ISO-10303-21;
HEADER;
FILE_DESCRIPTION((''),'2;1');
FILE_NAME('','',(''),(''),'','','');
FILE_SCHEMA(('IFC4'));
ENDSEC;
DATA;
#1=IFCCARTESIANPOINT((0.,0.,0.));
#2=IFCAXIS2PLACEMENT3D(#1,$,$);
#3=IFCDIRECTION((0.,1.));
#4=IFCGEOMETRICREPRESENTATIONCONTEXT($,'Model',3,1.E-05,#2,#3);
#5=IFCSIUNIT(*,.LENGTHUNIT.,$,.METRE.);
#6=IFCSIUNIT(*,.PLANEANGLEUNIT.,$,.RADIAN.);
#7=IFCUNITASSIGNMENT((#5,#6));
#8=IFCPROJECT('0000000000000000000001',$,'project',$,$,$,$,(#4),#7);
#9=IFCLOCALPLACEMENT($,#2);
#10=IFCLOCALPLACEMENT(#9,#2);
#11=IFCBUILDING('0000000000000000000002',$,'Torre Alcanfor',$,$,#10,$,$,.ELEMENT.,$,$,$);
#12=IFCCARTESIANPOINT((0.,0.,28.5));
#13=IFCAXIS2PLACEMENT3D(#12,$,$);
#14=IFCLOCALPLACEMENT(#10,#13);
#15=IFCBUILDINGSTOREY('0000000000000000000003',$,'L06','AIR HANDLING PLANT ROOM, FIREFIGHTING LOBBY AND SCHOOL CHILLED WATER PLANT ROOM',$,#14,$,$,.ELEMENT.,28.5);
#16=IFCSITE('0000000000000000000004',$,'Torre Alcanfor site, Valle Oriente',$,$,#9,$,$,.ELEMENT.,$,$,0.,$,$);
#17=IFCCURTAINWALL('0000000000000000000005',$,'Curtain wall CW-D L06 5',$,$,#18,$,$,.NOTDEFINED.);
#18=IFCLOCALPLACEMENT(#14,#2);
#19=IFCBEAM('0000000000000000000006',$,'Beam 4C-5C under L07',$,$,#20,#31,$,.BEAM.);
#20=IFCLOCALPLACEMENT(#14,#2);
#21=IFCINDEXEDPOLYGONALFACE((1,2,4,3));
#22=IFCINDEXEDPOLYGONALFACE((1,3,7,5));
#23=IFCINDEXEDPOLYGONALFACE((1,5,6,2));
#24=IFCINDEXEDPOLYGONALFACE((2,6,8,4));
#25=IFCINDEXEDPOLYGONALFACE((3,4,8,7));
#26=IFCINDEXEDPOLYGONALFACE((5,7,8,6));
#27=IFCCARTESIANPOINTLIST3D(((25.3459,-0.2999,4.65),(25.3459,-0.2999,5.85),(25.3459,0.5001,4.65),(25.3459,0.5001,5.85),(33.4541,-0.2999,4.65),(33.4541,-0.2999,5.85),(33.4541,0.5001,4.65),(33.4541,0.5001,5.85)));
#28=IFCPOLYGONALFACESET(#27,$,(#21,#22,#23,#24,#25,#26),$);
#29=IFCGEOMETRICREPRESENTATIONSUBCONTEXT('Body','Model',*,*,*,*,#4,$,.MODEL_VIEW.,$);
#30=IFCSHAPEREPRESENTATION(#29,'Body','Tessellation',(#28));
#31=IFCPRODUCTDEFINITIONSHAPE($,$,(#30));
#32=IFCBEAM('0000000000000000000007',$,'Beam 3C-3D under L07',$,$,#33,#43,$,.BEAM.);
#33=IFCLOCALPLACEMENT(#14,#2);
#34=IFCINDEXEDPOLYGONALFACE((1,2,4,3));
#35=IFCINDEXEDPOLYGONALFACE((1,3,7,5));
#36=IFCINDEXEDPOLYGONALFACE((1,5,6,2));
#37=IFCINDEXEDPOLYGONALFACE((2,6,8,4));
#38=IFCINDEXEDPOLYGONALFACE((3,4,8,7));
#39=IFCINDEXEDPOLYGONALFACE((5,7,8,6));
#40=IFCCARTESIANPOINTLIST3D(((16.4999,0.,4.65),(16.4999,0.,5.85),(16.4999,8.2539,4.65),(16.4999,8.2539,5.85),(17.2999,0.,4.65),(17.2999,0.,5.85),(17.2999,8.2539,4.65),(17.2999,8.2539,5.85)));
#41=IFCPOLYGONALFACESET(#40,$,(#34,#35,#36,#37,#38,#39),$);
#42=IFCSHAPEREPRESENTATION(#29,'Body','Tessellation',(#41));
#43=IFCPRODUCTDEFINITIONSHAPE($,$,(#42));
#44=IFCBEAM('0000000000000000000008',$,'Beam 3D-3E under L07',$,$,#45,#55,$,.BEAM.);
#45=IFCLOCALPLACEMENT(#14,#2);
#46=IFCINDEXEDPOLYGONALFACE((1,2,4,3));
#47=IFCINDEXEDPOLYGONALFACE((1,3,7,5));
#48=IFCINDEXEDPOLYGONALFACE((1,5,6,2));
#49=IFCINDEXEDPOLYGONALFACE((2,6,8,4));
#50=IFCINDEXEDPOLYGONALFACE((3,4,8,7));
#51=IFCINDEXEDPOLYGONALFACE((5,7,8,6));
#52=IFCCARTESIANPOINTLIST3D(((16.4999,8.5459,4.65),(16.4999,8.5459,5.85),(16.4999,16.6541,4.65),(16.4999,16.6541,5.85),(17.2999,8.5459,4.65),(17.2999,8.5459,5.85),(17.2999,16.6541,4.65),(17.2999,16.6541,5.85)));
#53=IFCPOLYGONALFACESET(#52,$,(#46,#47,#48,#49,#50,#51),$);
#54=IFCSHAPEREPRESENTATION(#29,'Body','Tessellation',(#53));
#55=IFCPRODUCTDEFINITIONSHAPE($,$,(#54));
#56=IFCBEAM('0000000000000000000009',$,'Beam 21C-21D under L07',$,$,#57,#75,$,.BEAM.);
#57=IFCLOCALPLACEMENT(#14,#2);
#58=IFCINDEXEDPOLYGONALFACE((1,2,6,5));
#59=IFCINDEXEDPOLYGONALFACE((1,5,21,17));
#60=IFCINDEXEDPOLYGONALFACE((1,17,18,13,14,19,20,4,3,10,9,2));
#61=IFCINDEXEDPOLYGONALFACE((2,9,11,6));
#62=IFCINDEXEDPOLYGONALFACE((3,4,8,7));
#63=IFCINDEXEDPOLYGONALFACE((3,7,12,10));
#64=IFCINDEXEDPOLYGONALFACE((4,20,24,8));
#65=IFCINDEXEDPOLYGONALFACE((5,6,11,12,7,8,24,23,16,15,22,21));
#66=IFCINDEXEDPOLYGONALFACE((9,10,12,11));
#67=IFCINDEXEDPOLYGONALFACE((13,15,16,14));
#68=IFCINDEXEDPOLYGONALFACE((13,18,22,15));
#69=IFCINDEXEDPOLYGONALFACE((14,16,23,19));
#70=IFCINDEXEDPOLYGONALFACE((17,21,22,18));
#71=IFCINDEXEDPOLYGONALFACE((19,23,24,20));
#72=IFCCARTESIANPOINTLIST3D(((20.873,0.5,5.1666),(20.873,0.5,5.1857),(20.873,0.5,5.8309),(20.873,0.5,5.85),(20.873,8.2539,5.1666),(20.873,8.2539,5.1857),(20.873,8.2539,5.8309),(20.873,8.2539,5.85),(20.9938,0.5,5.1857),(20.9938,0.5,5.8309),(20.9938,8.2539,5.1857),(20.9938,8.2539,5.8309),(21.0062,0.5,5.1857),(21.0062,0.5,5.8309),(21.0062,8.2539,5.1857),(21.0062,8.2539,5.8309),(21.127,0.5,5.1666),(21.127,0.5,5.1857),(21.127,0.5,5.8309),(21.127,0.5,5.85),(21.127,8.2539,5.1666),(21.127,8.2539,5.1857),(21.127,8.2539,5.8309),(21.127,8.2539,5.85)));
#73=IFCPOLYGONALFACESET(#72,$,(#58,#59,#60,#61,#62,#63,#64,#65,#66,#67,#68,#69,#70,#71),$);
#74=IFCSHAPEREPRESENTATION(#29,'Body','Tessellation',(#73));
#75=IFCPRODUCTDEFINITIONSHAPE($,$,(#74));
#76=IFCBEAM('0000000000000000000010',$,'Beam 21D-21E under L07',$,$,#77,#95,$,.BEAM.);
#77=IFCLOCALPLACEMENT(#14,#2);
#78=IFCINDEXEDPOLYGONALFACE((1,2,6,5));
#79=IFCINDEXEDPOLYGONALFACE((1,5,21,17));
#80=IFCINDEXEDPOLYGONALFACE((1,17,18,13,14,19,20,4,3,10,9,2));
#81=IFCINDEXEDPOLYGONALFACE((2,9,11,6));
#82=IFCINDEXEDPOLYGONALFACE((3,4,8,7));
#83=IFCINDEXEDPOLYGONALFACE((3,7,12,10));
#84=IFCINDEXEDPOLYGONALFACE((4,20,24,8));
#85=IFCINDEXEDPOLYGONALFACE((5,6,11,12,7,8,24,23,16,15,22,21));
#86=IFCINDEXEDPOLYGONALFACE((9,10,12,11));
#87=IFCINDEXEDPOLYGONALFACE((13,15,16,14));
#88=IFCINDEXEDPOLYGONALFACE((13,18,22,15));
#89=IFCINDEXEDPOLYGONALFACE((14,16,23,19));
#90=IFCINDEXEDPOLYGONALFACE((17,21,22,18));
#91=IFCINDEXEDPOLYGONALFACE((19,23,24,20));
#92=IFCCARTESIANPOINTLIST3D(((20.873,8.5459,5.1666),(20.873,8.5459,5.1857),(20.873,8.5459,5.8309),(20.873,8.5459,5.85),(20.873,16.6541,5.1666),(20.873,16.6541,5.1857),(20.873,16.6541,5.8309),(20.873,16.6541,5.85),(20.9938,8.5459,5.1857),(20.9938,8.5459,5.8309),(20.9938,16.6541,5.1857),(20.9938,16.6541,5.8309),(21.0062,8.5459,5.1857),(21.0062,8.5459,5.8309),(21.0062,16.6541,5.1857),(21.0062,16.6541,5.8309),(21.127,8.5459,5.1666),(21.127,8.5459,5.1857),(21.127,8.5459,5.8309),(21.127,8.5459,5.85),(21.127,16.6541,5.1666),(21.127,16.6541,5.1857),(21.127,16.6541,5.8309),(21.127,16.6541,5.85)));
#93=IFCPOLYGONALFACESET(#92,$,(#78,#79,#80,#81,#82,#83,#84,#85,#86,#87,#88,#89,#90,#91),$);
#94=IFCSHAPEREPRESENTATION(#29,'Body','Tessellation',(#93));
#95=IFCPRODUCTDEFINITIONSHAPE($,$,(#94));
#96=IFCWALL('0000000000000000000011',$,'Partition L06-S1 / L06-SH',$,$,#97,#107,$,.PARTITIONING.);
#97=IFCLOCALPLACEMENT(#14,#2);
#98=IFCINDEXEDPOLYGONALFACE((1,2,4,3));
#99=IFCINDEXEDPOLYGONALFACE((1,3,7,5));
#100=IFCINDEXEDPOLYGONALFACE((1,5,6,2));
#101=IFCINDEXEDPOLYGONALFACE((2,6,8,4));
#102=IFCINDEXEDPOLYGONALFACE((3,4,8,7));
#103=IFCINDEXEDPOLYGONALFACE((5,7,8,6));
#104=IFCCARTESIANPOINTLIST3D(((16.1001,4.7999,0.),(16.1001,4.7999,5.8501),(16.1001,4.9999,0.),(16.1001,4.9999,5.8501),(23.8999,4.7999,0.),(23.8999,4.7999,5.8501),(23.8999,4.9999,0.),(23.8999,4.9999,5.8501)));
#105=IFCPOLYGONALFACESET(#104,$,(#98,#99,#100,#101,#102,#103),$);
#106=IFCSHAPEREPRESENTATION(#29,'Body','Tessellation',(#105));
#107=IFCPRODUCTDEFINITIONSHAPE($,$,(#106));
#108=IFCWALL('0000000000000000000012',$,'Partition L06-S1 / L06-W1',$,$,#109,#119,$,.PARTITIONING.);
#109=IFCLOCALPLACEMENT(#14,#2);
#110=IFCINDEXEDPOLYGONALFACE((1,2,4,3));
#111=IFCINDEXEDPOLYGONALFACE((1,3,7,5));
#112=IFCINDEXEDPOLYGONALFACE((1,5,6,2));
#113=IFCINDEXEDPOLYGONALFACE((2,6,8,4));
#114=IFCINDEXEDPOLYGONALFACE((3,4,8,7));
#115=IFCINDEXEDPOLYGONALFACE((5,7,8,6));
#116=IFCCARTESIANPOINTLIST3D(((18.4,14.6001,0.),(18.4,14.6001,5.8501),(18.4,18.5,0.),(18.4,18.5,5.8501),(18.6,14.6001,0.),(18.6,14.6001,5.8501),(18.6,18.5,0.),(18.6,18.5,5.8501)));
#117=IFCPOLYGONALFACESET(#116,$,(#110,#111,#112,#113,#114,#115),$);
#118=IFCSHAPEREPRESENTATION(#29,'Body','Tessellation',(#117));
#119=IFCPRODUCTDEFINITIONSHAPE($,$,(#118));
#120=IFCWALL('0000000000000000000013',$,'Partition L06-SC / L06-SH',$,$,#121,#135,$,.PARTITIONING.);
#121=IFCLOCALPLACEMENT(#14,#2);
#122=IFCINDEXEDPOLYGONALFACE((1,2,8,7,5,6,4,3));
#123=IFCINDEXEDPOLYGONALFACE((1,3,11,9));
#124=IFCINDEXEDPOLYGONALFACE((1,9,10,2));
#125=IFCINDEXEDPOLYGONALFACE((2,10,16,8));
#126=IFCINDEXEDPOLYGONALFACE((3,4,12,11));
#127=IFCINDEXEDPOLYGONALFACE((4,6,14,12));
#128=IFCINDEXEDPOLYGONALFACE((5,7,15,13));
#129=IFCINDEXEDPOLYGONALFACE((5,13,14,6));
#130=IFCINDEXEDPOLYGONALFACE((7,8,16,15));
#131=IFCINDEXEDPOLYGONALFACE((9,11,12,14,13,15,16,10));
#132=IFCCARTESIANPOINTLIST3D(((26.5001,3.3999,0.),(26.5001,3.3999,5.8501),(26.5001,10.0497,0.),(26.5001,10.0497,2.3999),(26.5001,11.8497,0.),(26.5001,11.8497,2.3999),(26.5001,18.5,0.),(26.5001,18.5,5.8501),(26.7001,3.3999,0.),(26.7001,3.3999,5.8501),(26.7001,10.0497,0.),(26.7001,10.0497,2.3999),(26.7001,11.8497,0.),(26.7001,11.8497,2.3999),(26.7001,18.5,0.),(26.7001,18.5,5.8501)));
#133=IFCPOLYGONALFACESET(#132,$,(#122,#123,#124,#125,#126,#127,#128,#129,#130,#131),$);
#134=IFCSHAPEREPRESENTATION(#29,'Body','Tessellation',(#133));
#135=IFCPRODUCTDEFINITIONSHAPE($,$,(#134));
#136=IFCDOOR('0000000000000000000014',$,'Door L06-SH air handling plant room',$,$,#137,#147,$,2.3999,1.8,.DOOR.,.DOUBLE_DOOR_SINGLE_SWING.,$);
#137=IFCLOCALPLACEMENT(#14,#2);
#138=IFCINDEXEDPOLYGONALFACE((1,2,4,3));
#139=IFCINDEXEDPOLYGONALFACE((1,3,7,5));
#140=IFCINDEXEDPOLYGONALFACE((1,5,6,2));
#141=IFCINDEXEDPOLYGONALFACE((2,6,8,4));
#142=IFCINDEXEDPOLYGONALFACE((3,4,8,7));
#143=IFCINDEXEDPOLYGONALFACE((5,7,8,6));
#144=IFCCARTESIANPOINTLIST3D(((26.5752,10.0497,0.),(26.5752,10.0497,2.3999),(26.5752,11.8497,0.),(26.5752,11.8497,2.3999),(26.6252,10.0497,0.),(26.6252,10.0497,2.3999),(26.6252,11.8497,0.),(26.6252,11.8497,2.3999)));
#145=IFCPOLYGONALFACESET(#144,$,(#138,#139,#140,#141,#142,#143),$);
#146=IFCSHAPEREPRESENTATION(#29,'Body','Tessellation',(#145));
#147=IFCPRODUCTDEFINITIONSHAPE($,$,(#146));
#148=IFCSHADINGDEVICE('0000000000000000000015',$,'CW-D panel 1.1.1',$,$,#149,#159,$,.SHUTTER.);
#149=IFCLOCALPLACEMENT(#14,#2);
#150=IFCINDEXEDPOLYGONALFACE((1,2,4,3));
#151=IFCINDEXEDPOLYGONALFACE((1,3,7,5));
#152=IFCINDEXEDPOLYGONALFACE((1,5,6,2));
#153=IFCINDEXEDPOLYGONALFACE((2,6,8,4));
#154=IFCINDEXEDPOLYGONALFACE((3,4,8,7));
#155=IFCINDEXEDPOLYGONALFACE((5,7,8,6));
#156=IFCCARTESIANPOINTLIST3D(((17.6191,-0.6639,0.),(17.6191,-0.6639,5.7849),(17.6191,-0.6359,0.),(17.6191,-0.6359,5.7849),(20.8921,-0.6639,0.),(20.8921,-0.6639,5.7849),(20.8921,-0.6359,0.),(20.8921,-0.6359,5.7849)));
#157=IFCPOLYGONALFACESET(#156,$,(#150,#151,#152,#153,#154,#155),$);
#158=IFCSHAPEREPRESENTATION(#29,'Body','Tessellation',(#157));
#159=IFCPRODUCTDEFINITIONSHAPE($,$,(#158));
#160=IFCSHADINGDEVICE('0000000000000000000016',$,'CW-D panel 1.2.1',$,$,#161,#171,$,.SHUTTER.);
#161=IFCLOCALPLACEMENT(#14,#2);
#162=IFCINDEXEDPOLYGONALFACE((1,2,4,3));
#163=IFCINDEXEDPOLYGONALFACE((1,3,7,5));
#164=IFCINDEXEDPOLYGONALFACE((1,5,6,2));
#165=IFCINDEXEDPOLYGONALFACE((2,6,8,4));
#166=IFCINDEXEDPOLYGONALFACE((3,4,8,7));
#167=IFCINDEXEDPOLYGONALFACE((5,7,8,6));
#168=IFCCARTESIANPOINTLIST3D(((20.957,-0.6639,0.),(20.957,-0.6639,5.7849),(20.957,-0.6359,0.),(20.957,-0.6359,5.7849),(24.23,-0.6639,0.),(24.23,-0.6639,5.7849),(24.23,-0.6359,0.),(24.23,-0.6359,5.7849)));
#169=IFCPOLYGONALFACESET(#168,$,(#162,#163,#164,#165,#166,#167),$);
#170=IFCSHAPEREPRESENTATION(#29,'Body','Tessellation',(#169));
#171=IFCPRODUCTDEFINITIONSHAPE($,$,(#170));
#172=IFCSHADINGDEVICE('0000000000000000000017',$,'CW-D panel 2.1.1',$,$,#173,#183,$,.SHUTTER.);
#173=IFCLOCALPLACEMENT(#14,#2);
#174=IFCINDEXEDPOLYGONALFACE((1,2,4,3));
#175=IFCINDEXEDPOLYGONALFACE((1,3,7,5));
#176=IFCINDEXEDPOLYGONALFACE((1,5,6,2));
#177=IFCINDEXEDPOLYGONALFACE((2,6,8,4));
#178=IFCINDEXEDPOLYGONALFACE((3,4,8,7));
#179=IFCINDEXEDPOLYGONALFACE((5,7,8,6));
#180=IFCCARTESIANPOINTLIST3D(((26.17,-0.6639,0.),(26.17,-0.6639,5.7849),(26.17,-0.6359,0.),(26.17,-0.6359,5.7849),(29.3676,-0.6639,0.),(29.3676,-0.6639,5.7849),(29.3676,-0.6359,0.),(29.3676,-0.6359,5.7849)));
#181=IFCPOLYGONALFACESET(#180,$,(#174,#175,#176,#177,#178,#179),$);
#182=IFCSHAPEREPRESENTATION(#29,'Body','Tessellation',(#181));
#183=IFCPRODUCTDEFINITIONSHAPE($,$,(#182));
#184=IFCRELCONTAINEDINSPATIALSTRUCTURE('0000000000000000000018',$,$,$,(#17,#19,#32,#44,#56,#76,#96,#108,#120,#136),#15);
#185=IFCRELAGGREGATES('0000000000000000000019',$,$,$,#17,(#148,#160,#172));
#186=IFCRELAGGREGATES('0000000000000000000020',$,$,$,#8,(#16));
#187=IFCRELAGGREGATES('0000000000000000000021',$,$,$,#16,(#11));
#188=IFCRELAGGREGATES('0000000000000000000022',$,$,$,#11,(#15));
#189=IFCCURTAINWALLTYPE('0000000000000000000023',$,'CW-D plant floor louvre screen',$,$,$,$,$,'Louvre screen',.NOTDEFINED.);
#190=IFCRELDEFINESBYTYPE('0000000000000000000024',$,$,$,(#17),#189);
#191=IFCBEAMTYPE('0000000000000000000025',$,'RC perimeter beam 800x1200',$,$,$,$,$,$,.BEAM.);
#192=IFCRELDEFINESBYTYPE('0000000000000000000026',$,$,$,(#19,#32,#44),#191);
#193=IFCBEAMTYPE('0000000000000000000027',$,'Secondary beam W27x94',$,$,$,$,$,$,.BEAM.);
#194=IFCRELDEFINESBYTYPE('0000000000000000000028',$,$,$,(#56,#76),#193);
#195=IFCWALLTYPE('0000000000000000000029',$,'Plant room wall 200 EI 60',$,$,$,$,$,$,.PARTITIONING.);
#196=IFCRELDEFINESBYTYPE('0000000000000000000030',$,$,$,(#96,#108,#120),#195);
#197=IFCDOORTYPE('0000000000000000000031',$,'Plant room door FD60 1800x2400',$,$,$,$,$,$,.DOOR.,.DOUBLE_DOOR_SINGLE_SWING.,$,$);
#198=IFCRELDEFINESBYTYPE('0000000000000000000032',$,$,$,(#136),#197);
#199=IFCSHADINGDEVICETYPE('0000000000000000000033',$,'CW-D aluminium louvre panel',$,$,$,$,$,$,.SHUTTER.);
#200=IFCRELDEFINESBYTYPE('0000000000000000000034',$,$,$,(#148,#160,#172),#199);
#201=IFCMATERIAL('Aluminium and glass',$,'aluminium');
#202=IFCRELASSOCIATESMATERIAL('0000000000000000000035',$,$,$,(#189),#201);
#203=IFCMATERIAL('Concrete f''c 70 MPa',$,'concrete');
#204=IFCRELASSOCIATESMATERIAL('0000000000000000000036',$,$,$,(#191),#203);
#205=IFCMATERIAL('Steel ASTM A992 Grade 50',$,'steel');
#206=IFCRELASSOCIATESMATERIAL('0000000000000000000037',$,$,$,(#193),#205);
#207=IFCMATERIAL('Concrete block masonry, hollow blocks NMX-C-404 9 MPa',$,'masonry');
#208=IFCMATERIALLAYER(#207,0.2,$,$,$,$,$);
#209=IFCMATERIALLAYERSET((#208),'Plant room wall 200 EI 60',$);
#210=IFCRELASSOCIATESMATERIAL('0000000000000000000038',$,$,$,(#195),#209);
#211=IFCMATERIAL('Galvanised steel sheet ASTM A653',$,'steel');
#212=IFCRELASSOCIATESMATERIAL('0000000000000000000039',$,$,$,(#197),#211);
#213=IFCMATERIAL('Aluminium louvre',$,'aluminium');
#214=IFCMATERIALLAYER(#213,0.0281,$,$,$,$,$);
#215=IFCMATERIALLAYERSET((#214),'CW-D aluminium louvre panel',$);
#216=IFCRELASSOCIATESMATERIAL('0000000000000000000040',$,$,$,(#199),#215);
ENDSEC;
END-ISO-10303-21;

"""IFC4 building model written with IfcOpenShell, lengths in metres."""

from ifc_helpers import new_model, si_unit, direction, frame, frame_2d, origin, origin_2d, place, context, subcontext, project, spatial, rectangle, i_section, extrude, material, layer, layer_set, material_profile, profile_set, type_object, element, fill, aggregate, save


model = new_model("IFC4")

# Units and contexts
model_context = context("Model", 3, precision=1e-05, world=origin(), true_north=direction((0.0, 1.0)))
body_context = subcontext(model_context, "Body", "Model", "MODEL_VIEW")
ifc_project = project(units=[si_unit("LENGTHUNIT", "METRE"), si_unit("PLANEANGLEUNIT", "RADIAN")], contexts=[model_context])

# Site, building, storey
site_placement = place(None, origin())
site = spatial("IfcSite", under=ifc_project, at=site_placement, Name="Torre Alcanfor site, Valle Oriente", CompositionType="ELEMENT", RefElevation=0.0)
building_placement = place(site_placement, origin())
building = spatial("IfcBuilding", under=site, at=building_placement, Name="Torre Alcanfor", CompositionType="ELEMENT")
storey_placement = place(building_placement, frame((0.0, 0.0, 28.5)))
storey = spatial("IfcBuildingStorey", under=building, at=storey_placement, Name="L06", Description="AIR HANDLING PLANT ROOM, FIREFIGHTING LOBBY AND SCHOOL CHILLED WATER PLANT ROOM", CompositionType="ELEMENT", Elevation=28.5)

# Curtain wall
ifc_material_1 = material(Name="Aluminium and glass", Category="aluminium")
curtain_wall_type = type_object("IfcCurtainWallType", Name="CW-D plant floor louvre screen", ElementType="Louvre screen", PredefinedType="NOTDEFINED", material=ifc_material_1)
curtain_wall_placement = place(storey_placement, origin())
curtain_wall = element("IfcCurtainWall", 1, at=curtain_wall_placement, inside=storey, type_object=curtain_wall_type, Name="Curtain wall CW-D L06 5", PredefinedType="NOTDEFINED")

# Beams
ifc_material_2 = material(Name="Concrete f'c 70 MPa", Category="concrete")
ifc_material_profile_1 = material_profile(ifc_material_2, rectangle(XDim=0.8, YDim=1.2, at=origin_2d()), Name="800x1200")
ifc_profile_set_1 = profile_set([ifc_material_profile_1], Name="Concrete f'c 70 MPa")
beam_type_1 = type_object("IfcBeamType", Name="RC perimeter beam 800x1200", PredefinedType="BEAM", material=ifc_profile_set_1)
beam_1_placement = place(storey_placement, frame((25.3459, 0.1001, 5.25), z_axis=(1.0, 0.0, 0.0), x_axis=(0.0, 1.0, 0.0)))
element("IfcBeam", 2, at=beam_1_placement, inside=storey, type_object=beam_type_1, Name="Beam 4C-5C under L07", PredefinedType="BEAM", context=body_context, shape_type="SweptSolid", body=[
    extrude(rectangle(XDim=0.8, YDim=1.2, at=origin_2d()), origin(), (0.0, 0.0, 1.0), 8.1082),
])
beam_2_placement = place(storey_placement, frame((16.8999, 0.0, 5.25), z_axis=(0.0, 1.0, 0.0), x_axis=(-1.0, 0.0, 0.0)))
element("IfcBeam", 3, at=beam_2_placement, inside=storey, type_object=beam_type_1, Name="Beam 3C-3D under L07", PredefinedType="BEAM", context=body_context, shape_type="SweptSolid", body=[
    extrude(rectangle(XDim=0.8, YDim=1.2, at=origin_2d()), origin(), (0.0, 0.0, 1.0), 8.2539),
])
beam_3_placement = place(storey_placement, frame((16.8999, 8.5459, 5.25), z_axis=(0.0, 1.0, 0.0), x_axis=(-1.0, 0.0, 0.0)))
element("IfcBeam", 4, at=beam_3_placement, inside=storey, type_object=beam_type_1, Name="Beam 3D-3E under L07", PredefinedType="BEAM", context=body_context, shape_type="SweptSolid", body=[
    extrude(rectangle(XDim=0.8, YDim=1.2, at=origin_2d()), origin(), (0.0, 0.0, 1.0), 8.1082),
])
ifc_material_3 = material(Name="Steel ASTM A992 Grade 50", Category="steel")
ifc_material_profile_2 = material_profile(ifc_material_3, i_section(OverallWidth=0.2539, OverallDepth=0.6833, WebThickness=0.0125, FlangeThickness=0.019, at=origin_2d()), Name="W27x94")
ifc_profile_set_2 = profile_set([ifc_material_profile_2], Name="Steel ASTM A992 Grade 50")
beam_type_2 = type_object("IfcBeamType", Name="Secondary beam W27x94", PredefinedType="BEAM", material=ifc_profile_set_2)
beam_4_placement = place(storey_placement, frame((21.0, 0.5, 5.5083), z_axis=(0.0, 1.0, 0.0), x_axis=(-1.0, 0.0, 0.0)))
element("IfcBeam", 5, at=beam_4_placement, inside=storey, type_object=beam_type_2, Name="Beam 21C-21D under L07", PredefinedType="BEAM", context=body_context, shape_type="SweptSolid", body=[
    extrude(i_section(OverallWidth=0.2539, OverallDepth=0.6833, WebThickness=0.0125, FlangeThickness=0.019, at=origin_2d()), origin(), (0.0, 0.0, 1.0), 7.7539),
])
beam_5_placement = place(storey_placement, frame((21.0, 8.5459, 5.5083), z_axis=(0.0, 1.0, 0.0), x_axis=(-1.0, 0.0, 0.0)))
element("IfcBeam", 6, at=beam_5_placement, inside=storey, type_object=beam_type_2, Name="Beam 21D-21E under L07", PredefinedType="BEAM", context=body_context, shape_type="SweptSolid", body=[
    extrude(i_section(OverallWidth=0.2539, OverallDepth=0.6833, WebThickness=0.0125, FlangeThickness=0.019, at=origin_2d()), origin(), (0.0, 0.0, 1.0), 8.1082),
])

# Walls
ifc_material_4 = material(Name="Concrete block masonry, hollow blocks NMX-C-404 9 MPa", Category="masonry")
ifc_layer_1 = layer(ifc_material_4, 0.2)
ifc_layer_set_1 = layer_set([ifc_layer_1], Name="Plant room wall 200 EI 60")
wall_type = type_object("IfcWallType", Name="Plant room wall 200 EI 60", PredefinedType="PARTITIONING", material=ifc_layer_set_1)
wall_1_placement = place(storey_placement, frame((23.8999, 4.8999, 0.0), z_axis=(0.0, 0.0, 1.0), x_axis=(-1.0, 0.0, 0.0)))
element("IfcWall", 7, at=wall_1_placement, inside=storey, type_object=wall_type, Name="Partition L06-S1 / L06-SH", PredefinedType="PARTITIONING", context=body_context, shape_type="SweptSolid", body=[
    extrude(rectangle(XDim=7.7998, YDim=0.2, at=frame_2d((3.8999, 0.0))), origin(), (0.0, 0.0, 1.0), 5.8501),
])
wall_2_placement = place(storey_placement, frame((18.5, 14.6001, 0.0), z_axis=(0.0, 0.0, 1.0), x_axis=(0.0, 1.0, 0.0)))
element("IfcWall", 8, at=wall_2_placement, inside=storey, type_object=wall_type, Name="Partition L06-S1 / L06-W1", PredefinedType="PARTITIONING", context=body_context, shape_type="SweptSolid", body=[
    extrude(rectangle(XDim=3.8999, YDim=0.2, at=frame_2d((1.95, 0.0))), origin(), (0.0, 0.0, 1.0), 5.8501),
])

# Wall, opening, door
wall_3_placement = place(storey_placement, frame((26.6001, 3.3999, 0.0), z_axis=(0.0, 0.0, 1.0), x_axis=(0.0, 1.0, 0.0)))
wall_3 = element("IfcWall", 9, at=wall_3_placement, inside=storey, type_object=wall_type, Name="Partition L06-SC / L06-SH", PredefinedType="PARTITIONING", context=body_context, shape_type="SweptSolid", body=[
    extrude(rectangle(XDim=15.1001, YDim=0.2, at=frame_2d((7.55, 0.0))), origin(), (0.0, 0.0, 1.0), 5.8501),
])
opening_placement = place(wall_3_placement, frame((6.6499, 0.0, 0.0)))
opening = element("IfcOpeningElement", 10, at=opening_placement, cuts=wall_3, PredefinedType="OPENING", context=body_context, shape_type="SweptSolid", body=[
    extrude(rectangle(XDim=1.8, YDim=2.3999, at=frame_2d((0.8999, 1.2))), frame((0.0, 0.1099, 0.0), z_axis=(0.0, -1.0, 0.0), x_axis=(1.0, 0.0, 0.0)), (0.0, 0.0, 1.0), 0.22),
])
ifc_material_5 = material(Name="Galvanised steel sheet ASTM A653", Category="steel")
door_type = type_object("IfcDoorType", Name="Plant room door FD60 1800x2400", OperationType="DOUBLE_DOOR_SINGLE_SWING", PredefinedType="DOOR", material=ifc_material_5)
door_placement = place(opening_placement, origin())
door = element("IfcDoor", 11, at=door_placement, inside=storey, type_object=door_type, Name="Door L06-SH air handling plant room", OperationType="DOUBLE_DOOR_SINGLE_SWING", OverallHeight=2.3999, OverallWidth=1.8, PredefinedType="DOOR", context=body_context, shape_type="SweptSolid", body=[
    extrude(rectangle(XDim=1.8, YDim=2.3999, at=frame_2d((0.8999, 1.2))), frame((0.0, 0.0249, 0.0), z_axis=(0.0, -1.0, 0.0), x_axis=(1.0, 0.0, 0.0)), (0.0, 0.0, 1.0), 0.05),
])
fill(opening, door)

# Shading devices
ifc_material_6 = material(Name="Aluminium louvre", Category="aluminium")
ifc_layer_2 = layer(ifc_material_6, 0.0281)
ifc_layer_set_2 = layer_set([ifc_layer_2], Name="CW-D aluminium louvre panel")
shading_device_type = type_object("IfcShadingDeviceType", Name="CW-D aluminium louvre panel", PredefinedType="SHUTTER", material=ifc_layer_set_2)
shading_device_1_placement = place(storey_placement, frame((19.2556, -0.6499, 0.0), z_axis=(0.0, 0.0, 1.0), x_axis=(1.0, 0.0, 0.0)))
shading_device_1 = element("IfcShadingDevice", 12, at=shading_device_1_placement, type_object=shading_device_type, Name="CW-D panel 1.1.1", PredefinedType="SHUTTER", context=body_context, shape_type="SweptSolid", body=[
    extrude(rectangle(XDim=3.2729, YDim=0.0281, at=origin_2d()), origin(), (0.0, 0.0, 1.0), 5.7849),
])
shading_device_2_placement = place(storey_placement, frame((22.5935, -0.6499, 0.0), z_axis=(0.0, 0.0, 1.0), x_axis=(1.0, 0.0, 0.0)))
shading_device_2 = element("IfcShadingDevice", 13, at=shading_device_2_placement, type_object=shading_device_type, Name="CW-D panel 1.2.1", PredefinedType="SHUTTER", context=body_context, shape_type="SweptSolid", body=[
    extrude(rectangle(XDim=3.2729, YDim=0.0281, at=origin_2d()), origin(), (0.0, 0.0, 1.0), 5.7849),
])
shading_device_3_placement = place(storey_placement, frame((27.7688, -0.6499, 0.0), z_axis=(0.0, 0.0, 1.0), x_axis=(1.0, 0.0, 0.0)))
shading_device_3 = element("IfcShadingDevice", 14, at=shading_device_3_placement, type_object=shading_device_type, Name="CW-D panel 2.1.1", PredefinedType="SHUTTER", context=body_context, shape_type="SweptSolid", body=[
    extrude(rectangle(XDim=3.1975, YDim=0.0281, at=origin_2d()), origin(), (0.0, 0.0, 1.0), 5.7849),
])
aggregate(curtain_wall, [shading_device_1, shading_device_2, shading_device_3])

save(model, "model.ifc")
